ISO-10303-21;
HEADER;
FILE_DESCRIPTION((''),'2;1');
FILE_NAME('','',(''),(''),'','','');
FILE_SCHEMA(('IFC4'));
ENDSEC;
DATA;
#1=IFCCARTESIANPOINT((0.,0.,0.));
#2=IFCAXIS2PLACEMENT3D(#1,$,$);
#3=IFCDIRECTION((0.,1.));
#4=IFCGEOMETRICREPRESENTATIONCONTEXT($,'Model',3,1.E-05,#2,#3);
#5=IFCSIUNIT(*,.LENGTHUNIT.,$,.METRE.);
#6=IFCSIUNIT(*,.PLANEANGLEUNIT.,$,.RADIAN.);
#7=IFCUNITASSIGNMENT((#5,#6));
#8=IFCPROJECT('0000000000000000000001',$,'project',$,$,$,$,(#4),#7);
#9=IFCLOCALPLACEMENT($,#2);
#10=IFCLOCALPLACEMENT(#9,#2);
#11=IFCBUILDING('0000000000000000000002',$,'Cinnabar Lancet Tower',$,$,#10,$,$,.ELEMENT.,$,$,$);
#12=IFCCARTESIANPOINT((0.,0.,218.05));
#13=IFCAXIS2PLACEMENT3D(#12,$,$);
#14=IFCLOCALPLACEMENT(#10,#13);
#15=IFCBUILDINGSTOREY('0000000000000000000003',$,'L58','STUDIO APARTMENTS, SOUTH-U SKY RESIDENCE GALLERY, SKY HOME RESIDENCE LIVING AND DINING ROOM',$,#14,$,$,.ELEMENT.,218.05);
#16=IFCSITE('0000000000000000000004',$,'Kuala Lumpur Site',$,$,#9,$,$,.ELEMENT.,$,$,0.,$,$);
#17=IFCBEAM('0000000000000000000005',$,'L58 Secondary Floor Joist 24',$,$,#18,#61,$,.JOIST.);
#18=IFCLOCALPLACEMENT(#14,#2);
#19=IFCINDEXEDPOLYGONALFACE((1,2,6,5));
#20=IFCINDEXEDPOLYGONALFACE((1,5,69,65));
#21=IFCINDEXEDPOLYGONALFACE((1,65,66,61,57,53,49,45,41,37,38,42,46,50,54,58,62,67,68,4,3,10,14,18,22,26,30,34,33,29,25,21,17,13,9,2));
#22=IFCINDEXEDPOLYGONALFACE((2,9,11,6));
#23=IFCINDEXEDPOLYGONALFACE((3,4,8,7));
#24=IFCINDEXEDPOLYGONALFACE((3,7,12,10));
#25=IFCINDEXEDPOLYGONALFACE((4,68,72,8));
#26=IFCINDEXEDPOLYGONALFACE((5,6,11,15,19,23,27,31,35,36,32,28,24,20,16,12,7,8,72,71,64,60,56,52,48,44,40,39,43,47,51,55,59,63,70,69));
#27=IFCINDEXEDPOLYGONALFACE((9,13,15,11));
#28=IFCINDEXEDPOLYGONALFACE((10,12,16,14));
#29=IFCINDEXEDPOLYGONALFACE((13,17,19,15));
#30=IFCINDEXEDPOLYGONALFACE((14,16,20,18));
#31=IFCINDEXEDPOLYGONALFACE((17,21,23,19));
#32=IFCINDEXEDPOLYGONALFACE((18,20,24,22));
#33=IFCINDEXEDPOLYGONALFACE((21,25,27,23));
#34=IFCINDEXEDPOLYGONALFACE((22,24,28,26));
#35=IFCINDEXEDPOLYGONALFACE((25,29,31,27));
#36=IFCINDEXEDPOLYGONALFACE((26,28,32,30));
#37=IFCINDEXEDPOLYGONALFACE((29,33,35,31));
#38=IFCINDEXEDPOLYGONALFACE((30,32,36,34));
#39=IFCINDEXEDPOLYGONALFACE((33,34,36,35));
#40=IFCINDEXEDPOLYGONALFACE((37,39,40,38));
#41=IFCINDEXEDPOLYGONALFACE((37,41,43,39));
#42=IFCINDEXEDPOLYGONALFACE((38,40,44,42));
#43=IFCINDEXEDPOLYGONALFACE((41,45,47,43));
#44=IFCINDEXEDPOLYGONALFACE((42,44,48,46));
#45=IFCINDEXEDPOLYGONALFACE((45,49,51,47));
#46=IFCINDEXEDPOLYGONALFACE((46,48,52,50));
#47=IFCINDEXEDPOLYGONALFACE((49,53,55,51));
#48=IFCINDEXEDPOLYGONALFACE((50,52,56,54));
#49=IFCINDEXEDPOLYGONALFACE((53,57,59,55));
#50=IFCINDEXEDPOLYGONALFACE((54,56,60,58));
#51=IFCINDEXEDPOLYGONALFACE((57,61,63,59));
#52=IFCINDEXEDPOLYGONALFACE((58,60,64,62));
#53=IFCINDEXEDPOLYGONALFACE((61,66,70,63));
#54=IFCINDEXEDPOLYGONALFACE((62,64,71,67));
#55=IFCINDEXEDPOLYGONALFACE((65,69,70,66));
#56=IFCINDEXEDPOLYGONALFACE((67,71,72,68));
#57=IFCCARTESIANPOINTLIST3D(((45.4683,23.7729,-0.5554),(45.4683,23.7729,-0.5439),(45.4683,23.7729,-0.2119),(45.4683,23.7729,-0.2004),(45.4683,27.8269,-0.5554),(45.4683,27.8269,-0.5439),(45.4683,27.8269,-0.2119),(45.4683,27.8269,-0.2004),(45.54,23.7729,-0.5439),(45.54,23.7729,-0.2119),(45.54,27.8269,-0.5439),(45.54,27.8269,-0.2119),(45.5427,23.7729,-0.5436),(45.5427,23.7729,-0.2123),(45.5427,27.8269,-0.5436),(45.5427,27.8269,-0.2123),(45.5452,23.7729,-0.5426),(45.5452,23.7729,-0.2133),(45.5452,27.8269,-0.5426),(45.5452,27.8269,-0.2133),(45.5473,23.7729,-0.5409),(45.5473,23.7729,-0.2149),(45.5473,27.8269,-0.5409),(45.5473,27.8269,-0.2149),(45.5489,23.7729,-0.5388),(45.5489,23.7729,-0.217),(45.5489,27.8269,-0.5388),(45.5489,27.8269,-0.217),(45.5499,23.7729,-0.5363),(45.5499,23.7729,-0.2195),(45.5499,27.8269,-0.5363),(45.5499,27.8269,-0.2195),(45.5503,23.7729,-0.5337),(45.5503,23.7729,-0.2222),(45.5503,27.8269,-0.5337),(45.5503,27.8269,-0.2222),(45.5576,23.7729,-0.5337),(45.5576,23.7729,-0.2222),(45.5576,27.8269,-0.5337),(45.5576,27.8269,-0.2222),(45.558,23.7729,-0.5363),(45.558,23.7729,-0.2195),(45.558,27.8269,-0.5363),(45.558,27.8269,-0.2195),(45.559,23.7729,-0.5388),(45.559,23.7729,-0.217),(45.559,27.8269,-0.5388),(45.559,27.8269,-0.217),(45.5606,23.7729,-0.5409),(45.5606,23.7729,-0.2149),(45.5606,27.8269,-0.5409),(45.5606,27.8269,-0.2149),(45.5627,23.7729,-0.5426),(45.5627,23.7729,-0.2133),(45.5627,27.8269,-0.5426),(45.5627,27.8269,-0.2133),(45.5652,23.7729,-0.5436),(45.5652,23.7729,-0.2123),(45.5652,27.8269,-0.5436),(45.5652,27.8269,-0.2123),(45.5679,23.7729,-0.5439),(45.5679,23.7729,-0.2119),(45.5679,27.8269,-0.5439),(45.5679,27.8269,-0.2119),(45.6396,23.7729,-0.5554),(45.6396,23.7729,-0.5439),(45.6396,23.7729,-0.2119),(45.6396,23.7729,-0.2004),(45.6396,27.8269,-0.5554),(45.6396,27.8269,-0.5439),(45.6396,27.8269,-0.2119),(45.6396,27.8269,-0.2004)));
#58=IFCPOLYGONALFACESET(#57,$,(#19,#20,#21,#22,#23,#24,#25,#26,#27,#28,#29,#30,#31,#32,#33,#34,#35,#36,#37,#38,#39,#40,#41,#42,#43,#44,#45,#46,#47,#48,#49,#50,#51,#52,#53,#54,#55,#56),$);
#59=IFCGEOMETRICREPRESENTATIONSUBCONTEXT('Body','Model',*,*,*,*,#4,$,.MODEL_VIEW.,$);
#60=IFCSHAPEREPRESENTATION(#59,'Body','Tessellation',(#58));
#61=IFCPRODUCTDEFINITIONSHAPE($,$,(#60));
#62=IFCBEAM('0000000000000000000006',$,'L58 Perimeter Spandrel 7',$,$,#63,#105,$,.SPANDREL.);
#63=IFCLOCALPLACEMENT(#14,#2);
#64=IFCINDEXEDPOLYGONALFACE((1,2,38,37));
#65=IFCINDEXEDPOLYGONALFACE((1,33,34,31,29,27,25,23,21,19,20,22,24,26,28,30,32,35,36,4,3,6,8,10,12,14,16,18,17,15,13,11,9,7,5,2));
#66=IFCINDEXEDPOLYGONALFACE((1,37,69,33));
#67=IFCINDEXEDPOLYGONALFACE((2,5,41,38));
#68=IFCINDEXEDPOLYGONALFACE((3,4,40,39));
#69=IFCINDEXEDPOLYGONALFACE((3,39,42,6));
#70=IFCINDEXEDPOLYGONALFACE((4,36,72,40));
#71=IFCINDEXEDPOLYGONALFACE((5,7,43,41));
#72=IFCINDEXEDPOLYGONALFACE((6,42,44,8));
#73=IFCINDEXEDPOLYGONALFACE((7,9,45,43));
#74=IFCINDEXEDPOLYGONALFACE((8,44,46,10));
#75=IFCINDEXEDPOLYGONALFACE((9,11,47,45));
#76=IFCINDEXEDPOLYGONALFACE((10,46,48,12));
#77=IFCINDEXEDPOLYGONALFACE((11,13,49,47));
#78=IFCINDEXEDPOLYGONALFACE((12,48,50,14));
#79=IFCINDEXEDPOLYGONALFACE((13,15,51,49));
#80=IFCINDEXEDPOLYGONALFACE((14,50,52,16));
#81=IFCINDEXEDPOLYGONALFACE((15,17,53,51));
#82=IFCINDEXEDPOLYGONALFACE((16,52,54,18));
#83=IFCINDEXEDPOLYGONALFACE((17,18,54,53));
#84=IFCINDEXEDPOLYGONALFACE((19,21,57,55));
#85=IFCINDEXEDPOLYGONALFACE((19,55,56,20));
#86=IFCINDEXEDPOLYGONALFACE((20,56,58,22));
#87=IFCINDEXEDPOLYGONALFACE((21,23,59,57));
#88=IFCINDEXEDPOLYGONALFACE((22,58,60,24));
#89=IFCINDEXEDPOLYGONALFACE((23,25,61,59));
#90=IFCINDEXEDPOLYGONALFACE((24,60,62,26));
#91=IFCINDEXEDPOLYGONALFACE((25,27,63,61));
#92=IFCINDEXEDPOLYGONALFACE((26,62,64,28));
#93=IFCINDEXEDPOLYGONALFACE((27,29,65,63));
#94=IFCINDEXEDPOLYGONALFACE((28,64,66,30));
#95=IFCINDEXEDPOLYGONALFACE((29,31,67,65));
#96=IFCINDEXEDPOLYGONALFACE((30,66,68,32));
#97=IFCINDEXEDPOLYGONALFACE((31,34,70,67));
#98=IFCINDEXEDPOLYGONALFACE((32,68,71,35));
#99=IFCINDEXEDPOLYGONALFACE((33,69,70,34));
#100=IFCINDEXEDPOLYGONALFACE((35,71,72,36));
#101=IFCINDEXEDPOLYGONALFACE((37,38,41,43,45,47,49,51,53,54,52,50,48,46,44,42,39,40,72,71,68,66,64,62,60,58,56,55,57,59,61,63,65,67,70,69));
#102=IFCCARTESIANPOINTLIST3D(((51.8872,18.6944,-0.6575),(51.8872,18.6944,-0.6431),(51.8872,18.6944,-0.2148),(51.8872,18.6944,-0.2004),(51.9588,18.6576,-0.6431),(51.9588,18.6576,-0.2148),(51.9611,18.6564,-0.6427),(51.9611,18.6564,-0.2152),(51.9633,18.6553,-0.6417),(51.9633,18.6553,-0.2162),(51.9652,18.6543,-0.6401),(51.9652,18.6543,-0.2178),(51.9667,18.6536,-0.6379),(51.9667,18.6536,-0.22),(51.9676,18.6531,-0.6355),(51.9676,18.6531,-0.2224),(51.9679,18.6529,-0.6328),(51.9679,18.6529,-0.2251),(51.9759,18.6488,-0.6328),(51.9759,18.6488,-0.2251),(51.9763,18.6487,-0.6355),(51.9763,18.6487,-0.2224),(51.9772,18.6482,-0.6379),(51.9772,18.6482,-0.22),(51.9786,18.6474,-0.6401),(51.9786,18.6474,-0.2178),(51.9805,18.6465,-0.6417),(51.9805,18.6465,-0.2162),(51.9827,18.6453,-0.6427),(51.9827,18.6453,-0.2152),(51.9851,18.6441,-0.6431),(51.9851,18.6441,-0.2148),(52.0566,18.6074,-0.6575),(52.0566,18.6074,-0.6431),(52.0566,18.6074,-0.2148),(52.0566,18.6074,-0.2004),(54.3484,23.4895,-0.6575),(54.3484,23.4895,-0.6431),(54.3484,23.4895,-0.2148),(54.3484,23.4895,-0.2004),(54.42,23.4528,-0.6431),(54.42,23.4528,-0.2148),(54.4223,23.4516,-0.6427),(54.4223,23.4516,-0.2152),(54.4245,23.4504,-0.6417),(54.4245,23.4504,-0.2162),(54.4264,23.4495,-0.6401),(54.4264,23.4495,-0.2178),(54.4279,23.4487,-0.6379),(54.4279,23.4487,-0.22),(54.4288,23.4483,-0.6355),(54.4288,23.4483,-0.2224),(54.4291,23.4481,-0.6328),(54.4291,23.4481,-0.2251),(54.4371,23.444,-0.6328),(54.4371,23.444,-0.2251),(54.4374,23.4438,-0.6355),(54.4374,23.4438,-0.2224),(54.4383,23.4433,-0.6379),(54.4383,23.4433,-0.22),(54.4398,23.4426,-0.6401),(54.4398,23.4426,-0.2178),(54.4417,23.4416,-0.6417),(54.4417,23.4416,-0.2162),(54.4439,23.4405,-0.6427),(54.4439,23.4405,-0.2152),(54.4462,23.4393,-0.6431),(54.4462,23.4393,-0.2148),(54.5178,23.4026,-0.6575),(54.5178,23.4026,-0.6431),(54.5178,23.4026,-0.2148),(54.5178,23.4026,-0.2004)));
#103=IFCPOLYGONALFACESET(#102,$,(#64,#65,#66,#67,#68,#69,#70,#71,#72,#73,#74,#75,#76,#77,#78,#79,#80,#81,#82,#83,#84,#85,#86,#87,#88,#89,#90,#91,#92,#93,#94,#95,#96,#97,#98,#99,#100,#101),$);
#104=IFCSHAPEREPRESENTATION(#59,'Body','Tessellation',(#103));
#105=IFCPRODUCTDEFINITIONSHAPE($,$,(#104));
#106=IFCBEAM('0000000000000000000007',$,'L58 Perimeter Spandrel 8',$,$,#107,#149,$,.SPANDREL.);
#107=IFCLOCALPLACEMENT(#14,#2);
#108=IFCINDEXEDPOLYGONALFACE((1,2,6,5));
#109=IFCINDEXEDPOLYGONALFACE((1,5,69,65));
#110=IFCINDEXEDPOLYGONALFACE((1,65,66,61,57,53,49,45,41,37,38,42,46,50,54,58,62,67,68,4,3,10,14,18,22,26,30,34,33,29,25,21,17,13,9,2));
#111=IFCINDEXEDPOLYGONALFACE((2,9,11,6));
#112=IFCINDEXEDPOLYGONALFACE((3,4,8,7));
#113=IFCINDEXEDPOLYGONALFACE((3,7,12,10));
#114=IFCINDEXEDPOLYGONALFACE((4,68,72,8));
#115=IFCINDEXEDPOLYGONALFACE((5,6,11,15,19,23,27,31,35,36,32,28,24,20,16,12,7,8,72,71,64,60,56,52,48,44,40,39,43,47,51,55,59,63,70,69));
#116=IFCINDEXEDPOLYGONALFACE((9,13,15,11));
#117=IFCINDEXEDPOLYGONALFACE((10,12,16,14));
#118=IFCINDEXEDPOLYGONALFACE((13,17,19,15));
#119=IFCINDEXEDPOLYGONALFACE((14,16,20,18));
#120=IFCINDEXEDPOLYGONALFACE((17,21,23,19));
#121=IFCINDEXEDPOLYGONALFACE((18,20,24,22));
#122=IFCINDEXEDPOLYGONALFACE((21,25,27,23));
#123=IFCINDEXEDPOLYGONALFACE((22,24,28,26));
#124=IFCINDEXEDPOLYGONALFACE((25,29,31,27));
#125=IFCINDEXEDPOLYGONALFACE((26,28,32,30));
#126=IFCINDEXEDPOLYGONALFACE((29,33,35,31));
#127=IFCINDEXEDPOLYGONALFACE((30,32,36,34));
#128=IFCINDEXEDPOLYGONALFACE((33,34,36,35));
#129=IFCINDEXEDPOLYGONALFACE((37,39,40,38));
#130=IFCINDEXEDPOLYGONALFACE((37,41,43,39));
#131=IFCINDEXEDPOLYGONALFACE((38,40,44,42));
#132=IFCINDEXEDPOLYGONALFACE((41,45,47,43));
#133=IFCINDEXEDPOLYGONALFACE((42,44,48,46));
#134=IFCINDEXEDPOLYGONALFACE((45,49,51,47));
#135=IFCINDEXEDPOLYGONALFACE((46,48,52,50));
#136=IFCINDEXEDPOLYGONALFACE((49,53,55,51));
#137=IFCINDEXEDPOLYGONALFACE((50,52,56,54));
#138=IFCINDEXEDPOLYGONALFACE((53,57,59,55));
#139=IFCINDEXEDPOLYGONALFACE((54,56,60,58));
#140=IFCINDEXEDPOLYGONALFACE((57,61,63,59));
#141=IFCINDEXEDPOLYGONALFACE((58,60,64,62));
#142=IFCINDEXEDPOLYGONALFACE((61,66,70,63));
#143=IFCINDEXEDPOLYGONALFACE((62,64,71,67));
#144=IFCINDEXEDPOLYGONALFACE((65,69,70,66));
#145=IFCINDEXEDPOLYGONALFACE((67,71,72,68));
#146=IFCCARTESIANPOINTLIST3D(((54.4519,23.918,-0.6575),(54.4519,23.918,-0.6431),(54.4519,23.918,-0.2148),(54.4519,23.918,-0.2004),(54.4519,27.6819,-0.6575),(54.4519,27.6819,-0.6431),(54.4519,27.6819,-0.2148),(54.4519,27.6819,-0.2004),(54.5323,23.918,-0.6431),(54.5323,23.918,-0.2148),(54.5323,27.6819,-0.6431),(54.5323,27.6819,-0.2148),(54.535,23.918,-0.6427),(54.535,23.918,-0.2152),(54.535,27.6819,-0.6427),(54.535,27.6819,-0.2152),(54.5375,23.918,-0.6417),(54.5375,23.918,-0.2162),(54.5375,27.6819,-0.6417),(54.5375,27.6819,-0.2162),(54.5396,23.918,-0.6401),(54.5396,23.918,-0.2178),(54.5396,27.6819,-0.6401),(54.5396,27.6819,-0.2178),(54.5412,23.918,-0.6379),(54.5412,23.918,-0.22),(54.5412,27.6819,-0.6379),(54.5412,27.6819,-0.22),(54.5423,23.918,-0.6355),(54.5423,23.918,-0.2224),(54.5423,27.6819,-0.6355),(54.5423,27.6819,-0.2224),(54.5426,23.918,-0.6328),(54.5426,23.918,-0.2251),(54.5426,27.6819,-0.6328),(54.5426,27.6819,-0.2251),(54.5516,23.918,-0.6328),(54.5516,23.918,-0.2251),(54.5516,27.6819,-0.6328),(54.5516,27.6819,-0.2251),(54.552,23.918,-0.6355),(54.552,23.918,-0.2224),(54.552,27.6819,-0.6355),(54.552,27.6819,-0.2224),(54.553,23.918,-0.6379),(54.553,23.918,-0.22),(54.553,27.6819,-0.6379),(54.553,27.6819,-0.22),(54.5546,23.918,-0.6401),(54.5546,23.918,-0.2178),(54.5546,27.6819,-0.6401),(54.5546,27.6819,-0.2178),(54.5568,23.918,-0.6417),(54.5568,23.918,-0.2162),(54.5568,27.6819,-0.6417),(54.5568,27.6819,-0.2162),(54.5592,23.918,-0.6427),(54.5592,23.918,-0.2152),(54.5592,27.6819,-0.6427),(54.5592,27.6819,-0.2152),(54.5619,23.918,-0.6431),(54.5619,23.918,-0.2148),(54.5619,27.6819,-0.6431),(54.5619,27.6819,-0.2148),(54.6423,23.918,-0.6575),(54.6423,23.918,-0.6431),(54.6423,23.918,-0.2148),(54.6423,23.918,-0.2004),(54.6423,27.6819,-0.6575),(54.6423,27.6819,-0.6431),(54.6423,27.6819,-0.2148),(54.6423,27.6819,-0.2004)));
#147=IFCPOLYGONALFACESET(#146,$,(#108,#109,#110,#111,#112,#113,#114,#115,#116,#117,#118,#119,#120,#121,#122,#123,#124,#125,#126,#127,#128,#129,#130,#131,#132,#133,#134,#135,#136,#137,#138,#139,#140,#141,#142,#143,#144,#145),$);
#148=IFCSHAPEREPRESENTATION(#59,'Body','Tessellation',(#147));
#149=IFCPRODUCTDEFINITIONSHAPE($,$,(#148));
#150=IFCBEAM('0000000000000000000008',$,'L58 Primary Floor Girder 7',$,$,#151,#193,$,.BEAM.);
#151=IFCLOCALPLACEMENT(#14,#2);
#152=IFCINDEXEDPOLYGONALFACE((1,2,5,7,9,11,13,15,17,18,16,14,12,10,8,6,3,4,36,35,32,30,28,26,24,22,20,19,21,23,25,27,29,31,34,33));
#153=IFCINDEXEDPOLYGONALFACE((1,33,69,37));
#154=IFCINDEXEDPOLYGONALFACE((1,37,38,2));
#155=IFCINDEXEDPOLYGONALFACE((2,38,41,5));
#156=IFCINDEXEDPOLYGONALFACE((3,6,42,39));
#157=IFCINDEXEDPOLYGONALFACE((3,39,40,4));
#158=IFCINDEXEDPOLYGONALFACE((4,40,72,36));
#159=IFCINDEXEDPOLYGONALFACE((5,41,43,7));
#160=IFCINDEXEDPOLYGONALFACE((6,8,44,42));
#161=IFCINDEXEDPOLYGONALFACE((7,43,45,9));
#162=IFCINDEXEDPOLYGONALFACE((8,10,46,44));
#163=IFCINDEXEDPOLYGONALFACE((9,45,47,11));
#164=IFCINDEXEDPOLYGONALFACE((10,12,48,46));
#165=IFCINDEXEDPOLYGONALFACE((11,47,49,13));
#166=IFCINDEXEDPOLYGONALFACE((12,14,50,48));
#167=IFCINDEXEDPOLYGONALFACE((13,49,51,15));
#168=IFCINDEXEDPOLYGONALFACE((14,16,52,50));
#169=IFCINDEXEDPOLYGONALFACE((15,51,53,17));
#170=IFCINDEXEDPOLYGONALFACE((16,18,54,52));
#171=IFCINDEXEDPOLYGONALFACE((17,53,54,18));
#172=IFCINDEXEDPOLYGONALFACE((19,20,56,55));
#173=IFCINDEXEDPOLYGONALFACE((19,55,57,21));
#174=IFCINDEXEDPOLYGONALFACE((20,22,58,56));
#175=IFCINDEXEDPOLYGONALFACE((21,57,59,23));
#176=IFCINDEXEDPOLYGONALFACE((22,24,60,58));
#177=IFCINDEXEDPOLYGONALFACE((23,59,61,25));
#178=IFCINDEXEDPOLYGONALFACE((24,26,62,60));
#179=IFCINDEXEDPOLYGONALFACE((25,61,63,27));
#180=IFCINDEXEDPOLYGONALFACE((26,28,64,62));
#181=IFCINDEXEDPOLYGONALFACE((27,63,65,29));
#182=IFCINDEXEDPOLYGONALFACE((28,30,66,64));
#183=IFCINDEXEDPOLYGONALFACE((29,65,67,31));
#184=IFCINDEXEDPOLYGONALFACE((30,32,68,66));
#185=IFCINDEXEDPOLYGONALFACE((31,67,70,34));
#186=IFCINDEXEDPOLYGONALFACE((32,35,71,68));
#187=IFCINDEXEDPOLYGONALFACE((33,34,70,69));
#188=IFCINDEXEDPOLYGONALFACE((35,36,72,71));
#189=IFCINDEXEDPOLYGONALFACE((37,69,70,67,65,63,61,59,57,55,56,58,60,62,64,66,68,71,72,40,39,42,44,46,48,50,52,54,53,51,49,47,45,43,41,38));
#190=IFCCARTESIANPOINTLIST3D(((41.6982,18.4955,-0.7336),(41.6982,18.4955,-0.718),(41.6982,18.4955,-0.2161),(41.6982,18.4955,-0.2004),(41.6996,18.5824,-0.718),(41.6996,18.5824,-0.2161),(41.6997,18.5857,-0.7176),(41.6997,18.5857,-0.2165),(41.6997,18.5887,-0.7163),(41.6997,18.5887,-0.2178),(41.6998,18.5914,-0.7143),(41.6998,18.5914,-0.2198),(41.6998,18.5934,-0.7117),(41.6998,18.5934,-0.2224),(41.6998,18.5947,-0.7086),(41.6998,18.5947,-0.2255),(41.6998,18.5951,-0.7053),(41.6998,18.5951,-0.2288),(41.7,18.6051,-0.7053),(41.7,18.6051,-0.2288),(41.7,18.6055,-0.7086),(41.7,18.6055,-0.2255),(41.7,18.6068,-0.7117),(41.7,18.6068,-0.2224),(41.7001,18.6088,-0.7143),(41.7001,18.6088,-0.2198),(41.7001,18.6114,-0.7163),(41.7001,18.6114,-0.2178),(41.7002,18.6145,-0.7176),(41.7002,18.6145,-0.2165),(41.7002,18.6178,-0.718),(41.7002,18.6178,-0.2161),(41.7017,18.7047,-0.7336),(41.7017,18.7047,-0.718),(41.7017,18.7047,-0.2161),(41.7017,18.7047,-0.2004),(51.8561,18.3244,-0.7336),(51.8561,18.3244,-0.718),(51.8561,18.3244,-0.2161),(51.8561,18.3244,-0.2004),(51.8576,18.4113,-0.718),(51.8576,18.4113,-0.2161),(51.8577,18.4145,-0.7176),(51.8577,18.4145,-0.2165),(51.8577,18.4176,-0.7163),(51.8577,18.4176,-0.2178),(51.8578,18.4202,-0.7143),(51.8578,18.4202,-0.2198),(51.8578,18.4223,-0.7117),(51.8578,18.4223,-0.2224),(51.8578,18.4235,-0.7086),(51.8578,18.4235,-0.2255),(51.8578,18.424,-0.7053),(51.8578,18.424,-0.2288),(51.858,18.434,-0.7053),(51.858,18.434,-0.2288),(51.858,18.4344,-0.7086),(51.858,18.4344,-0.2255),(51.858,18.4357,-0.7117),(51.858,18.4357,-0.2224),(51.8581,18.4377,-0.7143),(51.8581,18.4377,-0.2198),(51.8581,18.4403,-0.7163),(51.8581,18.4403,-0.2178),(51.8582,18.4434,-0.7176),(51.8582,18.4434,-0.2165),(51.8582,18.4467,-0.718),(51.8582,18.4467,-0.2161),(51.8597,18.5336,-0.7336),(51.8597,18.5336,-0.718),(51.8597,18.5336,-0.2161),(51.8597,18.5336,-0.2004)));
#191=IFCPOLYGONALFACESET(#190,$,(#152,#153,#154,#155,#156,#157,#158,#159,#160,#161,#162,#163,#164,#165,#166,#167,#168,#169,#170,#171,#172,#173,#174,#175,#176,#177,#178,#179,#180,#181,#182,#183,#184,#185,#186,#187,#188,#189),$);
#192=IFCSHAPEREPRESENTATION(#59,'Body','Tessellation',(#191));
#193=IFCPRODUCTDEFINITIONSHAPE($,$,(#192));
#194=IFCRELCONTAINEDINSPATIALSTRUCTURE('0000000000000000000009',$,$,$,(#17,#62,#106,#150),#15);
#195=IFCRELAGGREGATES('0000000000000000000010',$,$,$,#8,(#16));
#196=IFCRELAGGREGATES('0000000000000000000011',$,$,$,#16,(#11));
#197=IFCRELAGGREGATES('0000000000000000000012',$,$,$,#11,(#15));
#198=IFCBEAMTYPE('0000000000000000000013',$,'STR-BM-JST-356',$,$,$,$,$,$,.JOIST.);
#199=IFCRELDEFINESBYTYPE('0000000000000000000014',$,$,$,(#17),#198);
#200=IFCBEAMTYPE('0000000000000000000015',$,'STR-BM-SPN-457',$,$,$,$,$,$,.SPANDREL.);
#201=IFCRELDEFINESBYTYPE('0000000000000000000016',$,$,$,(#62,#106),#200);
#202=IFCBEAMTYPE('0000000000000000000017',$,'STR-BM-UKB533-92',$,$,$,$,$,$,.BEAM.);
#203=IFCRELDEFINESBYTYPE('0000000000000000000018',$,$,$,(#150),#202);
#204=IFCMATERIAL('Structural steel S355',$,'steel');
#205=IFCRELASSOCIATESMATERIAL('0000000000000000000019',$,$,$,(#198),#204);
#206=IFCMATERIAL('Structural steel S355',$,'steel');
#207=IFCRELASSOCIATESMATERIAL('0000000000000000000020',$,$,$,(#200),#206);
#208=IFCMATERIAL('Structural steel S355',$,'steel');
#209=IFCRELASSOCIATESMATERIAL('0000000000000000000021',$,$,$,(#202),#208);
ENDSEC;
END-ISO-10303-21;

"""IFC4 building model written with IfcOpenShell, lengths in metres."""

from ifc_helpers import new_model, si_unit, direction, frame, origin, origin_2d, place, context, subcontext, project, spatial, i_section, extrude, material, material_profile, profile_set, type_object, element, save


model = new_model("IFC4")

# Units and contexts
model_context = context("Model", 3, precision=1e-05, world=origin(), true_north=direction((0.0, 1.0)))
body_context = subcontext(model_context, "Body", "Model", "MODEL_VIEW")
ifc_project = project(units=[si_unit("LENGTHUNIT", "METRE"), si_unit("PLANEANGLEUNIT", "RADIAN")], contexts=[model_context])

# Site, building, storey
site_placement = place(None, origin())
site = spatial("IfcSite", under=ifc_project, at=site_placement, Name="Kuala Lumpur Site", CompositionType="ELEMENT", RefElevation=0.0)
building_placement = place(site_placement, origin())
building = spatial("IfcBuilding", under=site, at=building_placement, Name="Cinnabar Lancet Tower", CompositionType="ELEMENT")
storey_placement = place(building_placement, frame((0.0, 0.0, 218.05)))
storey = spatial("IfcBuildingStorey", under=building, at=storey_placement, Name="L58", Description="STUDIO APARTMENTS, SOUTH-U SKY RESIDENCE GALLERY, SKY HOME RESIDENCE LIVING AND DINING ROOM", CompositionType="ELEMENT", Elevation=218.05)

# Beams
ifc_material_1 = material(Name="Structural steel S355", Category="steel")
ifc_material_profile_1 = material_profile(ifc_material_1, i_section(OverallWidth=0.1714, OverallDepth=0.355, WebThickness=0.0073, FlangeThickness=0.0115, FilletRadius=0.0103, at=origin_2d()), Name="UKB 356x171x51")
ifc_profile_set_1 = profile_set([ifc_material_profile_1], Name="Structural steel S355")
beam_type_1 = type_object("IfcBeamType", Name="STR-BM-JST-356", PredefinedType="JOIST", material=ifc_profile_set_1)
for number, where, z_axis, x_axis, name in (
    (1, (45.554, 23.7729, -0.3779), (0.0, 1.0, 0.0), (-1.0, 0.0, 0.0), "L58 Secondary Floor Joist 24"),
):
    element("IfcBeam", number, at=place(storey_placement, frame(where, z_axis=z_axis, x_axis=x_axis)), inside=storey, type_object=beam_type_1, Name=name, PredefinedType="JOIST", context=body_context, shape_type="SweptSolid", body=[
        extrude(i_section(OverallWidth=0.1714, OverallDepth=0.355, WebThickness=0.0073, FlangeThickness=0.0115, FilletRadius=0.0103, at=origin_2d()), origin(), (0.0, 0.0, 1.0), 4.054),
    ])
ifc_material_2 = material(Name="Structural steel S355", Category="steel")
ifc_material_profile_2 = material_profile(ifc_material_2, i_section(OverallWidth=0.1904, OverallDepth=0.457, WebThickness=0.009, FlangeThickness=0.0144, FilletRadius=0.0103, at=origin_2d()), Name="UKB 457x191x74")
ifc_profile_set_2 = profile_set([ifc_material_profile_2], Name="Structural steel S355")
beam_type_2 = type_object("IfcBeamType", Name="STR-BM-SPN-457", PredefinedType="SPANDREL", material=ifc_profile_set_2)
beam_1_placement = place(storey_placement, frame((51.9719, 18.6509, -0.429), z_axis=(0.456628, 0.889658, 0.0), x_axis=(-0.889658, 0.456628, 0.0)))
element("IfcBeam", 2, at=beam_1_placement, inside=storey, type_object=beam_type_2, Name="L58 Perimeter Spandrel 7", PredefinedType="SPANDREL", context=body_context, shape_type="SweptSolid", body=[
    extrude(i_section(OverallWidth=0.1904, OverallDepth=0.457, WebThickness=0.009, FlangeThickness=0.0144, FilletRadius=0.0103, at=origin_2d()), origin(), (0.0, 0.0, 1.0), 5.3899),
])
beam_2_placement = place(storey_placement, frame((54.5471, 23.918, -0.429), z_axis=(0.0, 1.0, 0.0), x_axis=(-1.0, 0.0, 0.0)))
element("IfcBeam", 3, at=beam_2_placement, inside=storey, type_object=beam_type_2, Name="L58 Perimeter Spandrel 8", PredefinedType="SPANDREL", context=body_context, shape_type="SweptSolid", body=[
    extrude(i_section(OverallWidth=0.1904, OverallDepth=0.457, WebThickness=0.009, FlangeThickness=0.0144, FilletRadius=0.0103, at=origin_2d()), origin(), (0.0, 0.0, 1.0), 3.7639),
])
ifc_material_3 = material(Name="Structural steel S355", Category="steel")
ifc_material_profile_3 = material_profile(ifc_material_3, i_section(OverallWidth=0.2092, OverallDepth=0.5332, WebThickness=0.01, FlangeThickness=0.0156, FilletRadius=0.0127, at=origin_2d()), Name="UKB 533x210x92")
ifc_profile_set_3 = profile_set([ifc_material_profile_3], Name="Structural steel S355")
beam_type_3 = type_object("IfcBeamType", Name="STR-BM-UKB533-92", PredefinedType="BEAM", material=ifc_profile_set_3)
beam_3_placement = place(storey_placement, frame((51.8579, 18.429, -0.467), z_axis=(-0.999858, 0.016846, 0.0), x_axis=(-0.016846, -0.999858, 0.0)))
element("IfcBeam", 4, at=beam_3_placement, inside=storey, type_object=beam_type_3, Name="L58 Primary Floor Girder 7", PredefinedType="BEAM", context=body_context, shape_type="SweptSolid", body=[
    extrude(i_section(OverallWidth=0.2092, OverallDepth=0.5332, WebThickness=0.01, FlangeThickness=0.0156, FilletRadius=0.0127, at=origin_2d()), origin(), (0.0, 0.0, 1.0), 10.1594),
])

save(model, "model.ifc")
